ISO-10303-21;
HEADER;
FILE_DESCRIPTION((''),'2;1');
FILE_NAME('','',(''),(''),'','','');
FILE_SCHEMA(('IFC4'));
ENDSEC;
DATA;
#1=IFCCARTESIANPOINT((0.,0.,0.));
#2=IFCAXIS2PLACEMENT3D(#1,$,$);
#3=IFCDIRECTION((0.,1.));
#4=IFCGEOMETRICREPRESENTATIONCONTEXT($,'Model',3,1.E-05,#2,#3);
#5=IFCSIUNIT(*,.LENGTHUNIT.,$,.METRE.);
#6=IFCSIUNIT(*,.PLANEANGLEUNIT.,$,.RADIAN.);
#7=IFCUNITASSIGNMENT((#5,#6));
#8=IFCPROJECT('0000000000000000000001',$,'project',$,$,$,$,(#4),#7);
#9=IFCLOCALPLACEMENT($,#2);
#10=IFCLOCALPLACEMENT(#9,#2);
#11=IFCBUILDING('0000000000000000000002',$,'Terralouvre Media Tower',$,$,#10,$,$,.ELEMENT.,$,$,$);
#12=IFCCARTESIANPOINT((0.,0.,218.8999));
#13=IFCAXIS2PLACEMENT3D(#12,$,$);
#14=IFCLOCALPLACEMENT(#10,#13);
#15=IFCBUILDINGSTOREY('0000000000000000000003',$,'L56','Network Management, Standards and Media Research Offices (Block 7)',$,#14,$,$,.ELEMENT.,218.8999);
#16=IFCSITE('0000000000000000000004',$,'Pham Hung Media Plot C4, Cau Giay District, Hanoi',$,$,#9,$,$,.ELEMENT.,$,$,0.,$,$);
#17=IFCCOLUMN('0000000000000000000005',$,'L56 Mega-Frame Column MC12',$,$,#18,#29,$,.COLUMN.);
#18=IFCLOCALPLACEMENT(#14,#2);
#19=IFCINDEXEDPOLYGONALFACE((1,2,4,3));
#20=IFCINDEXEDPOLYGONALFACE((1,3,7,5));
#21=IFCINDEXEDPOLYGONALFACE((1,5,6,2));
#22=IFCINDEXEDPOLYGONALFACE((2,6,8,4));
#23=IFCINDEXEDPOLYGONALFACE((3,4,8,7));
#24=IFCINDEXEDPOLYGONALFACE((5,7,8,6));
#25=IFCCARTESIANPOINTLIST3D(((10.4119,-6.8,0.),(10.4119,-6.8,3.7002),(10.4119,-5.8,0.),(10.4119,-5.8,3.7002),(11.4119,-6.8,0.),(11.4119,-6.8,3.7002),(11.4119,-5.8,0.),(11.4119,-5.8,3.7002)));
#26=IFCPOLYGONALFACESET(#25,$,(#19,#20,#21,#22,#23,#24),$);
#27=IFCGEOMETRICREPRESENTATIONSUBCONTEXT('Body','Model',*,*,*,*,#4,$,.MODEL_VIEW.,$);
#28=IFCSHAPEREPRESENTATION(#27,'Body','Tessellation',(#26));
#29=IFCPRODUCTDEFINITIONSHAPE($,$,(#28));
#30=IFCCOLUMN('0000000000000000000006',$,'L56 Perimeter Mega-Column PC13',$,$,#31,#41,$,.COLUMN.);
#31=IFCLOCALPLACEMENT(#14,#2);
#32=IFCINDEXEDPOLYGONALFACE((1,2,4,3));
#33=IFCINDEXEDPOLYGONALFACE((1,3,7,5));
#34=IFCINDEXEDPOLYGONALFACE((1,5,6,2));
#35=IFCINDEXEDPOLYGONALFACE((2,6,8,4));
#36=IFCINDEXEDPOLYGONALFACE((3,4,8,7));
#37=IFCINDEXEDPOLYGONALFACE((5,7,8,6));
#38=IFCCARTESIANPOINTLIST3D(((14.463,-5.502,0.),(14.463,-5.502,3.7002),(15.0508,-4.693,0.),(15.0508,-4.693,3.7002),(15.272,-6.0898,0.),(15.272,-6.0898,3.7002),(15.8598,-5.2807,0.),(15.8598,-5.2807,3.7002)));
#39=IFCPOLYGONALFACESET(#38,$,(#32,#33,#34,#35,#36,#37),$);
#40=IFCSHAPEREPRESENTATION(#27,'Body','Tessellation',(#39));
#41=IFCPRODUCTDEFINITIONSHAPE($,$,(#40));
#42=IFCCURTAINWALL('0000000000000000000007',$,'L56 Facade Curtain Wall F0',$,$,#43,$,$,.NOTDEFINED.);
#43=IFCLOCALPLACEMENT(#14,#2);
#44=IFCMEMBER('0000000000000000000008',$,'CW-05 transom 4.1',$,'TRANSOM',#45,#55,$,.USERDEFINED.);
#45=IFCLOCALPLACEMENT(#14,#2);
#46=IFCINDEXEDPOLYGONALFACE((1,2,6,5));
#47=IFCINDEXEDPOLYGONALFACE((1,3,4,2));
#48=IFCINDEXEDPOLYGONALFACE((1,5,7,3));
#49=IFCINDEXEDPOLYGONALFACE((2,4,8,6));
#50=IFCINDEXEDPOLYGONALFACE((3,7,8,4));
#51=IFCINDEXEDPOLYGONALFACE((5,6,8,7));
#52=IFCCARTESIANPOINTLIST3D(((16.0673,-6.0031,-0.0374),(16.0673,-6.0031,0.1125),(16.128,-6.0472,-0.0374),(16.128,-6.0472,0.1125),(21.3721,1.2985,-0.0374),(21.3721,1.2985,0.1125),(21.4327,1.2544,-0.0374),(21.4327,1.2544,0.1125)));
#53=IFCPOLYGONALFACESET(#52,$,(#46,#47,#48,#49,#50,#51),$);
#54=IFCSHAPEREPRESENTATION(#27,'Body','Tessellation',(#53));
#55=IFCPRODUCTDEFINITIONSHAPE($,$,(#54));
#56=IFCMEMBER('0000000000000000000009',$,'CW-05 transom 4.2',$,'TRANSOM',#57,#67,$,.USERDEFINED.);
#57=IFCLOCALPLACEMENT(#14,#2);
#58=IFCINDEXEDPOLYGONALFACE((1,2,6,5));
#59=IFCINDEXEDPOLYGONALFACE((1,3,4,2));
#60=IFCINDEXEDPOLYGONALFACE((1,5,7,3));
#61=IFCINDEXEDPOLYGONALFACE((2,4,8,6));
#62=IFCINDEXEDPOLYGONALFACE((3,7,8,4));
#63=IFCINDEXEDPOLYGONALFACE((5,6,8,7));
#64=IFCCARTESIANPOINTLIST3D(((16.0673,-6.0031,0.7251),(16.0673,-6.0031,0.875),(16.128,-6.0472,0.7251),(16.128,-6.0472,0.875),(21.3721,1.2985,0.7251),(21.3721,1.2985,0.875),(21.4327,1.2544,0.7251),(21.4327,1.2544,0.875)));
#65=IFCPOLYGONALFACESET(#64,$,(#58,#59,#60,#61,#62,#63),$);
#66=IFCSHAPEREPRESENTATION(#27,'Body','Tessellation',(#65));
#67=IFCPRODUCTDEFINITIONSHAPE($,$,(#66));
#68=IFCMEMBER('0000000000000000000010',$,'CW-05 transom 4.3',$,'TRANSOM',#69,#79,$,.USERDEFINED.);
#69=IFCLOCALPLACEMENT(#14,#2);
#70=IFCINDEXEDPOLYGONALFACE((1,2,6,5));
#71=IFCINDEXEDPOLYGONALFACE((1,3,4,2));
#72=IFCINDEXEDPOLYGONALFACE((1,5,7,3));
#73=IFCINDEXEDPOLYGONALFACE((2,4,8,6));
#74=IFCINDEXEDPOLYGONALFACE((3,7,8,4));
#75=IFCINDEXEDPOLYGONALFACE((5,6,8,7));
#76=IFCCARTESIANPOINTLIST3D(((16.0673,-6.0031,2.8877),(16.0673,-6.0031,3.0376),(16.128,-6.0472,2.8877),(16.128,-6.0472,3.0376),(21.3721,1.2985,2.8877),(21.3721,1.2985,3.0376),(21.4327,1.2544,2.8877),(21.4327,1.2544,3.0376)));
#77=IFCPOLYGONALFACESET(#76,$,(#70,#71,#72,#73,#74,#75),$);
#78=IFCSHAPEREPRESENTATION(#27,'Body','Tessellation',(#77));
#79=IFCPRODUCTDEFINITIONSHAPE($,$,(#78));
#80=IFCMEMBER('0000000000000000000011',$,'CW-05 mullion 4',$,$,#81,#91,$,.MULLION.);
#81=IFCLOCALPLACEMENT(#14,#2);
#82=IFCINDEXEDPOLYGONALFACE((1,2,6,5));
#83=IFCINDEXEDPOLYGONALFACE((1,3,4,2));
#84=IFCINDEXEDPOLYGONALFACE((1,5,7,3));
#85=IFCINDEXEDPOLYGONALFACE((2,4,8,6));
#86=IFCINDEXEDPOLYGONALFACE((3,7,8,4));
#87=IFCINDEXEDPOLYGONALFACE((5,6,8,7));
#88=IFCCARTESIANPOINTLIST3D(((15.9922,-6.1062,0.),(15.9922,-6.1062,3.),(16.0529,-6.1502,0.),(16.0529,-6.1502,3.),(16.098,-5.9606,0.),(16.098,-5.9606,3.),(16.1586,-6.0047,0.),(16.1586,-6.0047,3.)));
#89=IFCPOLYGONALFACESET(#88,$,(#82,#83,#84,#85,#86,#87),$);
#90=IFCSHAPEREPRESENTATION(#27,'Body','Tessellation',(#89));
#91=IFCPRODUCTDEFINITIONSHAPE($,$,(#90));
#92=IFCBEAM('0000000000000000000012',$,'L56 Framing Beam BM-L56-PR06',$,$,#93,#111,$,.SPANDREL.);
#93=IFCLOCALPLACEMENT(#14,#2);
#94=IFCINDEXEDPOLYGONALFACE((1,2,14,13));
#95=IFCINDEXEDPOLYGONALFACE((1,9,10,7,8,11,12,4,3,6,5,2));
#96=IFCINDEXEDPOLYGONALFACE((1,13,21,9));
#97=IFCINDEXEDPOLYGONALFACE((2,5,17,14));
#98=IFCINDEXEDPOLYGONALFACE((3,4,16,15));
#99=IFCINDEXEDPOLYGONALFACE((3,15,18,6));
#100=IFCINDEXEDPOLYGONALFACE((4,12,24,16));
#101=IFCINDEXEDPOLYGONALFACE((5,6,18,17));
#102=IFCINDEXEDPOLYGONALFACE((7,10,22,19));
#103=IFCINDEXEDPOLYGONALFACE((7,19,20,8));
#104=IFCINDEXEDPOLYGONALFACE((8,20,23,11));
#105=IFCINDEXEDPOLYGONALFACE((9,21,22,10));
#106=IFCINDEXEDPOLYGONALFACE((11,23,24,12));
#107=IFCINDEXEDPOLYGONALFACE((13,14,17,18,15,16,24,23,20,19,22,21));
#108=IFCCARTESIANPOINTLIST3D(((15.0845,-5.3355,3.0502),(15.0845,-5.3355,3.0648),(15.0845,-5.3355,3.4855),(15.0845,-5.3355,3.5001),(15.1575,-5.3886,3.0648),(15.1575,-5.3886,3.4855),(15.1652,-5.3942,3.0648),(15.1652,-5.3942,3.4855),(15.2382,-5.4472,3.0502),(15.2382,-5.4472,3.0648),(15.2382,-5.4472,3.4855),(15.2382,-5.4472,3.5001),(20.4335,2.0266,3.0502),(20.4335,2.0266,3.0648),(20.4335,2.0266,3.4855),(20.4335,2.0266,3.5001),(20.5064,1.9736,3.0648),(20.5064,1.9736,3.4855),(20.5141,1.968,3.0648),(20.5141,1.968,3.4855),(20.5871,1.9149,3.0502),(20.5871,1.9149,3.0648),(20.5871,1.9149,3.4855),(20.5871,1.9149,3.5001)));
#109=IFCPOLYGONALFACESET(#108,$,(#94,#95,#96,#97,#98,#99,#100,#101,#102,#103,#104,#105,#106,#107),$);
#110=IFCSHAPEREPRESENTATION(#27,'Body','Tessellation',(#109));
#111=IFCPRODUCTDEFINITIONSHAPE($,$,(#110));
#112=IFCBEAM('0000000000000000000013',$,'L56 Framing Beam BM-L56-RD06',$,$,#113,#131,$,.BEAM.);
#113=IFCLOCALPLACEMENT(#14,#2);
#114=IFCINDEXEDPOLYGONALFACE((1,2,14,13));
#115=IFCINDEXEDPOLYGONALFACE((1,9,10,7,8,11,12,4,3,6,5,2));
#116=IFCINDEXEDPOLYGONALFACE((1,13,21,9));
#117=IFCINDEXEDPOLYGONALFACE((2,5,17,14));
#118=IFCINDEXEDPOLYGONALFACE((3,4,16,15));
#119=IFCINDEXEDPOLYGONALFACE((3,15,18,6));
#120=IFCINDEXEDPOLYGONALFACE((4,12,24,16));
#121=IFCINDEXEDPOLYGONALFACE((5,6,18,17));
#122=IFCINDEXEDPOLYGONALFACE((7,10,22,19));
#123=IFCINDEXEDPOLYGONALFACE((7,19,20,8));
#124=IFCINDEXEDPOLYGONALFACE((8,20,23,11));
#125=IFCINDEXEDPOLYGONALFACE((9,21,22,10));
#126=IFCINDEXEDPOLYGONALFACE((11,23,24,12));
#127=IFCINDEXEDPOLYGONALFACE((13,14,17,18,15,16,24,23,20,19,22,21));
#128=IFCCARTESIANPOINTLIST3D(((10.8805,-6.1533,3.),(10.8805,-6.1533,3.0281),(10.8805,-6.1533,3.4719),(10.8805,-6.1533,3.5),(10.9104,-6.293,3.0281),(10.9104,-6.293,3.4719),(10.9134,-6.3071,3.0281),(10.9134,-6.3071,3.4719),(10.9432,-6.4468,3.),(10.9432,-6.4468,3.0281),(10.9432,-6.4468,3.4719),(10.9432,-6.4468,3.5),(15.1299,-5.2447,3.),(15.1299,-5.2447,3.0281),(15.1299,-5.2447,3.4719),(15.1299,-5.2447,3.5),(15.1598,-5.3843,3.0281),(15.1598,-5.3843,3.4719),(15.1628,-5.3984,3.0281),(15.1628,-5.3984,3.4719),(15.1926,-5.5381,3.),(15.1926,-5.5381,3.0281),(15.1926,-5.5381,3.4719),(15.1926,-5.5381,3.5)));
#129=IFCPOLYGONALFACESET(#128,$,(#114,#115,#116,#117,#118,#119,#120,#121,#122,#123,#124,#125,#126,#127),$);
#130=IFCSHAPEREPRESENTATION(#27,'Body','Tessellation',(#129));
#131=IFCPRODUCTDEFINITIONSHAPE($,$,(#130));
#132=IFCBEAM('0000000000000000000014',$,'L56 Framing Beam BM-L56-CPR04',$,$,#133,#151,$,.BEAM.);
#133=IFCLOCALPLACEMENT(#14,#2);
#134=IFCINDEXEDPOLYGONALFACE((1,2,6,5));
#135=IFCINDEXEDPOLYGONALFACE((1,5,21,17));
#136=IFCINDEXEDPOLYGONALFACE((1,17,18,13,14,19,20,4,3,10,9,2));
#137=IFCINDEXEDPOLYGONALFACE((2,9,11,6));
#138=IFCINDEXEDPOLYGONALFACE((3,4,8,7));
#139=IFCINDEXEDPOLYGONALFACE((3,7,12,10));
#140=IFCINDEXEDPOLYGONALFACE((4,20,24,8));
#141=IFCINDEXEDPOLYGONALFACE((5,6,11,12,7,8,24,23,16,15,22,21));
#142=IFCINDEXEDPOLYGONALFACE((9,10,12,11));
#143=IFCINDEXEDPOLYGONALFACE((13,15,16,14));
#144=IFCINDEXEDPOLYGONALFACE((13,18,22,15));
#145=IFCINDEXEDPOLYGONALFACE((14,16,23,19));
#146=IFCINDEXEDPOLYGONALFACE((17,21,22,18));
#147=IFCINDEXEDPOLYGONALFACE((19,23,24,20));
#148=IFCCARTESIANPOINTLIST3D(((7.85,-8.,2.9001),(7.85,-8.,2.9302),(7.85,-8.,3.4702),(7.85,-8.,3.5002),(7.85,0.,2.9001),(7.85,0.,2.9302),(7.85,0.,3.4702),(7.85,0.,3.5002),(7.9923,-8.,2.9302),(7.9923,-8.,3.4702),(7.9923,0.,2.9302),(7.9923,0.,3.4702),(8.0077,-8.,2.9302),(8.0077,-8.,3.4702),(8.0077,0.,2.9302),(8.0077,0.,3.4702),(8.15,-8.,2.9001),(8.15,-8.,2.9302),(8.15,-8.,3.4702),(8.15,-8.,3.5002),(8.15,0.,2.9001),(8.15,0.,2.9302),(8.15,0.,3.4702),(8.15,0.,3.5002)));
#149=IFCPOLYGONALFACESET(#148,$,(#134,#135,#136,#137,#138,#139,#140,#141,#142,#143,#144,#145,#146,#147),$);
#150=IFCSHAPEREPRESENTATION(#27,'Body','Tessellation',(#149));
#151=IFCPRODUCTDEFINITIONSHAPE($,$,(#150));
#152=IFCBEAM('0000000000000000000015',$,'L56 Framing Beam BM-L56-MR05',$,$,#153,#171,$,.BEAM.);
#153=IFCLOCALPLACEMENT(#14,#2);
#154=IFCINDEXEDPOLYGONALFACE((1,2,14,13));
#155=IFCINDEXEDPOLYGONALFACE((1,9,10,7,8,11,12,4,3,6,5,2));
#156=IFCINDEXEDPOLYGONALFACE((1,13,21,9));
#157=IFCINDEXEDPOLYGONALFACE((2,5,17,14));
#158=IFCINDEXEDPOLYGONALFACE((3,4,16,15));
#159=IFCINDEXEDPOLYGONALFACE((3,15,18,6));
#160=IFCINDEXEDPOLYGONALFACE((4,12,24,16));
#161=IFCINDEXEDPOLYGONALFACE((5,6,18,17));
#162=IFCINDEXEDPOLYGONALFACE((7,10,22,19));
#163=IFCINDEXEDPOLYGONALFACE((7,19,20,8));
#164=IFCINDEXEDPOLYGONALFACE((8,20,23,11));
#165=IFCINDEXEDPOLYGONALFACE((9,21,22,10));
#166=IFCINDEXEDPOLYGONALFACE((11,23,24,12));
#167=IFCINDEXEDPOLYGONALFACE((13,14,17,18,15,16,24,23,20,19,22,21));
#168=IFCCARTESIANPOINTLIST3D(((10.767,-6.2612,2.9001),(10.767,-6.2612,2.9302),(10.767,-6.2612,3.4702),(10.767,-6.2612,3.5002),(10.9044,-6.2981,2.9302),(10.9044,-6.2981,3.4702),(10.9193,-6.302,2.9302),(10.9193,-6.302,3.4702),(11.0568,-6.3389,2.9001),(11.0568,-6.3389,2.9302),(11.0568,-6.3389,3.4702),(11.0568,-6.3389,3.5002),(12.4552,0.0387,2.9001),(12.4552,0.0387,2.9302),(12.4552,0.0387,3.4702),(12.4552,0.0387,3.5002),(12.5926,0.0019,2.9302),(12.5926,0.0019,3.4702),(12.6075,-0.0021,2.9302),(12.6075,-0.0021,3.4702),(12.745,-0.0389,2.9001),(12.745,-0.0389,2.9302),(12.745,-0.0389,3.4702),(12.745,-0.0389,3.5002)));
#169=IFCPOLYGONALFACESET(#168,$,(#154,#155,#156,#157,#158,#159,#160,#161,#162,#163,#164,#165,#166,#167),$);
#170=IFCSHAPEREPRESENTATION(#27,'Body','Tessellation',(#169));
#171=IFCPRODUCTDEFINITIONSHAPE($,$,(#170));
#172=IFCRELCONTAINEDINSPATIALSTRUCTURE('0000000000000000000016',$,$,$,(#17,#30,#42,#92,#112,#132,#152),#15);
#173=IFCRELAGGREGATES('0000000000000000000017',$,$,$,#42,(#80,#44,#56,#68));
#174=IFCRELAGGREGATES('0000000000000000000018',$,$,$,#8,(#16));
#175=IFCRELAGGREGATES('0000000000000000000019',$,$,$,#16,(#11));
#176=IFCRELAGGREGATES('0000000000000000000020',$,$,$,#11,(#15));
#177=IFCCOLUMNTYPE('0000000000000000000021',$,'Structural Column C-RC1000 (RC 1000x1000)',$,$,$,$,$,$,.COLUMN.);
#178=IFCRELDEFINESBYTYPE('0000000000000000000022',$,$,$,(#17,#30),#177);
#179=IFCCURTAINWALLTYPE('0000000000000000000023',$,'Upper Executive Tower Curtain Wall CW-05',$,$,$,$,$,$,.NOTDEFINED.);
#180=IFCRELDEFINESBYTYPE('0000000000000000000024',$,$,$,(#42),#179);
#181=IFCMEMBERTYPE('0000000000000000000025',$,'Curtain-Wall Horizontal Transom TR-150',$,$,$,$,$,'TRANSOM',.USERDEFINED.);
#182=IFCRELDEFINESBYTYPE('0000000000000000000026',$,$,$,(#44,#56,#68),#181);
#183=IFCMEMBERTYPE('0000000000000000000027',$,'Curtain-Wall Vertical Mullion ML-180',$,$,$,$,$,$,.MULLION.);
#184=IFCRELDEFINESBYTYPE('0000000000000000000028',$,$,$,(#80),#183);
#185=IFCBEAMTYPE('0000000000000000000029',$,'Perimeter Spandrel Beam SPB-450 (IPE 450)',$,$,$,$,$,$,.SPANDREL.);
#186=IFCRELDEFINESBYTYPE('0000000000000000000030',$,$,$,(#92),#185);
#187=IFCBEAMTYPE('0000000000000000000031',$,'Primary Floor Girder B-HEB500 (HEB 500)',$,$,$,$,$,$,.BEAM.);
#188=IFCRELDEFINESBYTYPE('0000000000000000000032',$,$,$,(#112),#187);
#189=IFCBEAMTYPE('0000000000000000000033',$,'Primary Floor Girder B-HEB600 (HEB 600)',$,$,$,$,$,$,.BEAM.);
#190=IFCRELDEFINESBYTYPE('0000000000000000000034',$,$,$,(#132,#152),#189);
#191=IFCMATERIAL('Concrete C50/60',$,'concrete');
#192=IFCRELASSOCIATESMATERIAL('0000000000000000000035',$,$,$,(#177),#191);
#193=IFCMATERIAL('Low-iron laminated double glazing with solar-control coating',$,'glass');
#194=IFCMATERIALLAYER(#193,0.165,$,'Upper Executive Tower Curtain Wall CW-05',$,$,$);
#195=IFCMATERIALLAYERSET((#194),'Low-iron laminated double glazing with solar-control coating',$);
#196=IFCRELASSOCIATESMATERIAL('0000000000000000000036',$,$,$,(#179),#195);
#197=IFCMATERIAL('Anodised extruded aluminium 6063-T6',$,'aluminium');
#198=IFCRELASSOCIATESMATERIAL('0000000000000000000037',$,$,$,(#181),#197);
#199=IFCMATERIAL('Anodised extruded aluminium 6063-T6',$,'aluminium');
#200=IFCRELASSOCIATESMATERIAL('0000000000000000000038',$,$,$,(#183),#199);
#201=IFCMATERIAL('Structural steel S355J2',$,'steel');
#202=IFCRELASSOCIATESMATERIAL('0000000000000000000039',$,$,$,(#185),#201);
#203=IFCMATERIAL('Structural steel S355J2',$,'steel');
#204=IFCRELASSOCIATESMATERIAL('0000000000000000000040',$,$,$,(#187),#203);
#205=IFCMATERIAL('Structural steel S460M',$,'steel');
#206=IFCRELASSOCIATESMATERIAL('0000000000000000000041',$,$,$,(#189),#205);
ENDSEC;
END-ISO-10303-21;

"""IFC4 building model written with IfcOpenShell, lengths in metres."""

from ifc_helpers import new_model, si_unit, direction, frame, origin, origin_2d, place, context, subcontext, project, spatial, rectangle, i_section, extrude, material, layer, layer_set, material_profile, profile_set, type_object, element, aggregate, save


model = new_model("IFC4")

# Units and contexts
model_context = context("Model", 3, precision=1e-05, world=origin(), true_north=direction((0.0, 1.0)))
body_context = subcontext(model_context, "Body", "Model", "MODEL_VIEW")
ifc_project = project(units=[si_unit("LENGTHUNIT", "METRE"), si_unit("PLANEANGLEUNIT", "RADIAN")], contexts=[model_context])

# Site, building, storey
site_placement = place(None, origin())
site = spatial("IfcSite", under=ifc_project, at=site_placement, Name="Pham Hung Media Plot C4, Cau Giay District, Hanoi", CompositionType="ELEMENT", RefElevation=0.0)
building_placement = place(site_placement, origin())
building = spatial("IfcBuilding", under=site, at=building_placement, Name="Terralouvre Media Tower", CompositionType="ELEMENT")
storey_placement = place(building_placement, frame((0.0, 0.0, 218.8999)))
storey = spatial("IfcBuildingStorey", under=building, at=storey_placement, Name="L56", Description="Network Management, Standards and Media Research Offices (Block 7)", CompositionType="ELEMENT", Elevation=218.8999)

# Columns
ifc_material_1 = material(Name="Concrete C50/60", Category="concrete")
ifc_material_profile_1 = material_profile(ifc_material_1, rectangle(XDim=1.0, YDim=1.0, at=origin_2d()), Name="RC 1000x1000")
ifc_profile_set_1 = profile_set([ifc_material_profile_1], Name="Concrete C50/60")
column_type = type_object("IfcColumnType", Name="Structural Column C-RC1000 (RC 1000x1000)", PredefinedType="COLUMN", material=ifc_profile_set_1)
for number, where, z_axis, x_axis, name in (
    (1, (10.9119, -6.3, 0.0), (0.0, 0.0, 1.0), (1.0, 0.0, 0.0), "L56 Mega-Frame Column MC12"),
    (2, (15.1614, -5.3914, 0.0), (0.0, 0.0, 1.0), (0.587785, 0.809017, 0.0), "L56 Perimeter Mega-Column PC13"),
):
    element("IfcColumn", number, at=place(storey_placement, frame(where, z_axis=z_axis, x_axis=x_axis)), inside=storey, type_object=column_type, Name=name, PredefinedType="COLUMN", context=body_context, shape_type="SweptSolid", body=[
        extrude(rectangle(XDim=1.0, YDim=1.0, at=origin_2d()), origin(), (0.0, 0.0, 1.0), 3.7002),
    ])

# Curtain wall, members
ifc_material_2 = material(Name="Low-iron laminated double glazing with solar-control coating", Category="glass")
ifc_layer_1 = layer(ifc_material_2, 0.165, Name="Upper Executive Tower Curtain Wall CW-05")
ifc_layer_set_1 = layer_set([ifc_layer_1], Name="Low-iron laminated double glazing with solar-control coating")
curtain_wall_type = type_object("IfcCurtainWallType", Name="Upper Executive Tower Curtain Wall CW-05", PredefinedType="NOTDEFINED", material=ifc_layer_set_1)
curtain_wall_placement = place(storey_placement, origin())
curtain_wall = element("IfcCurtainWall", 3, at=curtain_wall_placement, inside=storey, type_object=curtain_wall_type, Name="L56 Facade Curtain Wall F0", PredefinedType="NOTDEFINED")
ifc_material_3 = material(Name="Anodised extruded aluminium 6063-T6", Category="aluminium")
ifc_material_profile_2 = material_profile(ifc_material_3, rectangle(XDim=0.075, YDim=0.1499, at=origin_2d()), Name="ALU 75x150")
ifc_profile_set_2 = profile_set([ifc_material_profile_2], Name="Anodised extruded aluminium 6063-T6")
member_type_1 = type_object("IfcMemberType", Name="Curtain-Wall Horizontal Transom TR-150", ElementType="TRANSOM", PredefinedType="USERDEFINED", material=ifc_profile_set_2)
member_1_placement = place(storey_placement, frame((16.0977, -6.0251, 0.0376), z_axis=(0.587773, 0.809026, 0.0), x_axis=(-0.809026, 0.587773, 0.0)))
member_1 = element("IfcMember", 4, at=member_1_placement, type_object=member_type_1, Name="CW-05 transom 4.1", ObjectType="TRANSOM", PredefinedType="USERDEFINED", context=body_context, shape_type="SweptSolid", body=[
    extrude(rectangle(XDim=0.075, YDim=0.1499, at=origin_2d()), origin(), (0.0, 0.0, 1.0), 9.0251),
])
member_2_placement = place(storey_placement, frame((16.0977, -6.0251, 0.8), z_axis=(0.587773, 0.809026, 0.0), x_axis=(-0.809026, 0.587773, 0.0)))
member_2 = element("IfcMember", 5, at=member_2_placement, type_object=member_type_1, Name="CW-05 transom 4.2", ObjectType="TRANSOM", PredefinedType="USERDEFINED", context=body_context, shape_type="SweptSolid", body=[
    extrude(rectangle(XDim=0.075, YDim=0.1499, at=origin_2d()), origin(), (0.0, 0.0, 1.0), 9.0251),
])
member_3_placement = place(storey_placement, frame((16.0977, -6.0251, 2.9626), z_axis=(0.587773, 0.809026, 0.0), x_axis=(-0.809026, 0.587773, 0.0)))
member_3 = element("IfcMember", 6, at=member_3_placement, type_object=member_type_1, Name="CW-05 transom 4.3", ObjectType="TRANSOM", PredefinedType="USERDEFINED", context=body_context, shape_type="SweptSolid", body=[
    extrude(rectangle(XDim=0.075, YDim=0.1499, at=origin_2d()), origin(), (0.0, 0.0, 1.0), 9.0251),
])
ifc_material_4 = material(Name="Anodised extruded aluminium 6063-T6", Category="aluminium")
ifc_material_profile_3 = material_profile(ifc_material_4, rectangle(XDim=0.075, YDim=0.1799, at=origin_2d()), Name="ALU 75x180")
ifc_profile_set_3 = profile_set([ifc_material_profile_3], Name="Anodised extruded aluminium 6063-T6")
member_type_2 = type_object("IfcMemberType", Name="Curtain-Wall Vertical Mullion ML-180", PredefinedType="MULLION", material=ifc_profile_set_3)
member_4_placement = place(storey_placement, frame((16.0754, -6.0554, 0.0), z_axis=(0.0, 0.0, 1.0), x_axis=(-0.809017, 0.587785, 0.0)))
member_4 = element("IfcMember", 7, at=member_4_placement, type_object=member_type_2, Name="CW-05 mullion 4", PredefinedType="MULLION", context=body_context, shape_type="SweptSolid", body=[
    extrude(rectangle(XDim=0.075, YDim=0.1799, at=origin_2d()), origin(), (0.0, 0.0, 1.0), 3.0),
])

# Beams
ifc_material_5 = material(Name="Structural steel S355J2", Category="steel")
ifc_material_profile_4 = material_profile(ifc_material_5, i_section(OverallWidth=0.1899, OverallDepth=0.45, WebThickness=0.0095, FlangeThickness=0.0146, at=origin_2d()), Name="IPE 450")
ifc_profile_set_4 = profile_set([ifc_material_profile_4], Name="Structural steel S355J2")
beam_type_1 = type_object("IfcBeamType", Name="Perimeter Spandrel Beam SPB-450 (IPE 450)", PredefinedType="SPANDREL", material=ifc_profile_set_4)
beam_1_placement = place(storey_placement, frame((15.1614, -5.3914, 3.2751), z_axis=(0.587787, 0.809016, 0.0), x_axis=(-0.809016, 0.587787, 0.0)))
element("IfcBeam", 8, at=beam_1_placement, inside=storey, type_object=beam_type_1, Name="L56 Framing Beam BM-L56-PR06", PredefinedType="SPANDREL", context=body_context, shape_type="SweptSolid", body=[
    extrude(i_section(OverallWidth=0.1899, OverallDepth=0.45, WebThickness=0.0095, FlangeThickness=0.0146, at=origin_2d()), origin(), (0.0, 0.0, 1.0), 9.1001),
])
ifc_material_6 = material(Name="Structural steel S355J2", Category="steel")
ifc_material_profile_5 = material_profile(ifc_material_6, i_section(OverallWidth=0.3, OverallDepth=0.5, WebThickness=0.0144, FlangeThickness=0.0281, at=origin_2d()), Name="HEB 500")
ifc_profile_set_5 = profile_set([ifc_material_profile_5], Name="Structural steel S355J2")
beam_type_2 = type_object("IfcBeamType", Name="Primary Floor Girder B-HEB500 (HEB 500)", PredefinedType="BEAM", material=ifc_profile_set_5)
beam_2_placement = place(storey_placement, frame((10.9119, -6.3, 3.25), z_axis=(0.977893, 0.209107, 0.0), x_axis=(-0.209107, 0.977893, 0.0)))
element("IfcBeam", 9, at=beam_2_placement, inside=storey, type_object=beam_type_2, Name="L56 Framing Beam BM-L56-RD06", PredefinedType="BEAM", context=body_context, shape_type="SweptSolid", body=[
    extrude(i_section(OverallWidth=0.3, OverallDepth=0.5, WebThickness=0.0144, FlangeThickness=0.0281, at=origin_2d()), origin(), (0.0, 0.0, 1.0), 4.3455),
])
ifc_material_7 = material(Name="Structural steel S460M", Category="steel")
ifc_material_profile_6 = material_profile(ifc_material_7, i_section(OverallWidth=0.3, OverallDepth=0.6001, WebThickness=0.0154, FlangeThickness=0.03, at=origin_2d()), Name="HEB 600")
ifc_profile_set_6 = profile_set([ifc_material_profile_6], Name="Structural steel S460M")
beam_type_3 = type_object("IfcBeamType", Name="Primary Floor Girder B-HEB600 (HEB 600)", PredefinedType="BEAM", material=ifc_profile_set_6)
beam_3_placement = place(storey_placement, frame((8.0, -8.0, 3.2002), z_axis=(0.0, 1.0, 0.0), x_axis=(-1.0, 0.0, 0.0)))
element("IfcBeam", 10, at=beam_3_placement, inside=storey, type_object=beam_type_3, Name="L56 Framing Beam BM-L56-CPR04", PredefinedType="BEAM", context=body_context, shape_type="SweptSolid", body=[
    extrude(i_section(OverallWidth=0.3, OverallDepth=0.6001, WebThickness=0.0154, FlangeThickness=0.03, at=origin_2d()), origin(), (0.0, 0.0, 1.0), 8.0),
])
beam_4_placement = place(storey_placement, frame((10.9119, -6.3, 3.2002), z_axis=(0.258839, 0.96592, 0.0), x_axis=(-0.96592, 0.258839, 0.0)))
element("IfcBeam", 11, at=beam_4_placement, inside=storey, type_object=beam_type_3, Name="L56 Framing Beam BM-L56-MR05", PredefinedType="BEAM", context=body_context, shape_type="SweptSolid", body=[
    extrude(i_section(OverallWidth=0.3, OverallDepth=0.6001, WebThickness=0.0154, FlangeThickness=0.03, at=origin_2d()), origin(), (0.0, 0.0, 1.0), 6.5222),
])

aggregate(curtain_wall, [member_4, member_1, member_2, member_3])

save(model, "model.ifc")
